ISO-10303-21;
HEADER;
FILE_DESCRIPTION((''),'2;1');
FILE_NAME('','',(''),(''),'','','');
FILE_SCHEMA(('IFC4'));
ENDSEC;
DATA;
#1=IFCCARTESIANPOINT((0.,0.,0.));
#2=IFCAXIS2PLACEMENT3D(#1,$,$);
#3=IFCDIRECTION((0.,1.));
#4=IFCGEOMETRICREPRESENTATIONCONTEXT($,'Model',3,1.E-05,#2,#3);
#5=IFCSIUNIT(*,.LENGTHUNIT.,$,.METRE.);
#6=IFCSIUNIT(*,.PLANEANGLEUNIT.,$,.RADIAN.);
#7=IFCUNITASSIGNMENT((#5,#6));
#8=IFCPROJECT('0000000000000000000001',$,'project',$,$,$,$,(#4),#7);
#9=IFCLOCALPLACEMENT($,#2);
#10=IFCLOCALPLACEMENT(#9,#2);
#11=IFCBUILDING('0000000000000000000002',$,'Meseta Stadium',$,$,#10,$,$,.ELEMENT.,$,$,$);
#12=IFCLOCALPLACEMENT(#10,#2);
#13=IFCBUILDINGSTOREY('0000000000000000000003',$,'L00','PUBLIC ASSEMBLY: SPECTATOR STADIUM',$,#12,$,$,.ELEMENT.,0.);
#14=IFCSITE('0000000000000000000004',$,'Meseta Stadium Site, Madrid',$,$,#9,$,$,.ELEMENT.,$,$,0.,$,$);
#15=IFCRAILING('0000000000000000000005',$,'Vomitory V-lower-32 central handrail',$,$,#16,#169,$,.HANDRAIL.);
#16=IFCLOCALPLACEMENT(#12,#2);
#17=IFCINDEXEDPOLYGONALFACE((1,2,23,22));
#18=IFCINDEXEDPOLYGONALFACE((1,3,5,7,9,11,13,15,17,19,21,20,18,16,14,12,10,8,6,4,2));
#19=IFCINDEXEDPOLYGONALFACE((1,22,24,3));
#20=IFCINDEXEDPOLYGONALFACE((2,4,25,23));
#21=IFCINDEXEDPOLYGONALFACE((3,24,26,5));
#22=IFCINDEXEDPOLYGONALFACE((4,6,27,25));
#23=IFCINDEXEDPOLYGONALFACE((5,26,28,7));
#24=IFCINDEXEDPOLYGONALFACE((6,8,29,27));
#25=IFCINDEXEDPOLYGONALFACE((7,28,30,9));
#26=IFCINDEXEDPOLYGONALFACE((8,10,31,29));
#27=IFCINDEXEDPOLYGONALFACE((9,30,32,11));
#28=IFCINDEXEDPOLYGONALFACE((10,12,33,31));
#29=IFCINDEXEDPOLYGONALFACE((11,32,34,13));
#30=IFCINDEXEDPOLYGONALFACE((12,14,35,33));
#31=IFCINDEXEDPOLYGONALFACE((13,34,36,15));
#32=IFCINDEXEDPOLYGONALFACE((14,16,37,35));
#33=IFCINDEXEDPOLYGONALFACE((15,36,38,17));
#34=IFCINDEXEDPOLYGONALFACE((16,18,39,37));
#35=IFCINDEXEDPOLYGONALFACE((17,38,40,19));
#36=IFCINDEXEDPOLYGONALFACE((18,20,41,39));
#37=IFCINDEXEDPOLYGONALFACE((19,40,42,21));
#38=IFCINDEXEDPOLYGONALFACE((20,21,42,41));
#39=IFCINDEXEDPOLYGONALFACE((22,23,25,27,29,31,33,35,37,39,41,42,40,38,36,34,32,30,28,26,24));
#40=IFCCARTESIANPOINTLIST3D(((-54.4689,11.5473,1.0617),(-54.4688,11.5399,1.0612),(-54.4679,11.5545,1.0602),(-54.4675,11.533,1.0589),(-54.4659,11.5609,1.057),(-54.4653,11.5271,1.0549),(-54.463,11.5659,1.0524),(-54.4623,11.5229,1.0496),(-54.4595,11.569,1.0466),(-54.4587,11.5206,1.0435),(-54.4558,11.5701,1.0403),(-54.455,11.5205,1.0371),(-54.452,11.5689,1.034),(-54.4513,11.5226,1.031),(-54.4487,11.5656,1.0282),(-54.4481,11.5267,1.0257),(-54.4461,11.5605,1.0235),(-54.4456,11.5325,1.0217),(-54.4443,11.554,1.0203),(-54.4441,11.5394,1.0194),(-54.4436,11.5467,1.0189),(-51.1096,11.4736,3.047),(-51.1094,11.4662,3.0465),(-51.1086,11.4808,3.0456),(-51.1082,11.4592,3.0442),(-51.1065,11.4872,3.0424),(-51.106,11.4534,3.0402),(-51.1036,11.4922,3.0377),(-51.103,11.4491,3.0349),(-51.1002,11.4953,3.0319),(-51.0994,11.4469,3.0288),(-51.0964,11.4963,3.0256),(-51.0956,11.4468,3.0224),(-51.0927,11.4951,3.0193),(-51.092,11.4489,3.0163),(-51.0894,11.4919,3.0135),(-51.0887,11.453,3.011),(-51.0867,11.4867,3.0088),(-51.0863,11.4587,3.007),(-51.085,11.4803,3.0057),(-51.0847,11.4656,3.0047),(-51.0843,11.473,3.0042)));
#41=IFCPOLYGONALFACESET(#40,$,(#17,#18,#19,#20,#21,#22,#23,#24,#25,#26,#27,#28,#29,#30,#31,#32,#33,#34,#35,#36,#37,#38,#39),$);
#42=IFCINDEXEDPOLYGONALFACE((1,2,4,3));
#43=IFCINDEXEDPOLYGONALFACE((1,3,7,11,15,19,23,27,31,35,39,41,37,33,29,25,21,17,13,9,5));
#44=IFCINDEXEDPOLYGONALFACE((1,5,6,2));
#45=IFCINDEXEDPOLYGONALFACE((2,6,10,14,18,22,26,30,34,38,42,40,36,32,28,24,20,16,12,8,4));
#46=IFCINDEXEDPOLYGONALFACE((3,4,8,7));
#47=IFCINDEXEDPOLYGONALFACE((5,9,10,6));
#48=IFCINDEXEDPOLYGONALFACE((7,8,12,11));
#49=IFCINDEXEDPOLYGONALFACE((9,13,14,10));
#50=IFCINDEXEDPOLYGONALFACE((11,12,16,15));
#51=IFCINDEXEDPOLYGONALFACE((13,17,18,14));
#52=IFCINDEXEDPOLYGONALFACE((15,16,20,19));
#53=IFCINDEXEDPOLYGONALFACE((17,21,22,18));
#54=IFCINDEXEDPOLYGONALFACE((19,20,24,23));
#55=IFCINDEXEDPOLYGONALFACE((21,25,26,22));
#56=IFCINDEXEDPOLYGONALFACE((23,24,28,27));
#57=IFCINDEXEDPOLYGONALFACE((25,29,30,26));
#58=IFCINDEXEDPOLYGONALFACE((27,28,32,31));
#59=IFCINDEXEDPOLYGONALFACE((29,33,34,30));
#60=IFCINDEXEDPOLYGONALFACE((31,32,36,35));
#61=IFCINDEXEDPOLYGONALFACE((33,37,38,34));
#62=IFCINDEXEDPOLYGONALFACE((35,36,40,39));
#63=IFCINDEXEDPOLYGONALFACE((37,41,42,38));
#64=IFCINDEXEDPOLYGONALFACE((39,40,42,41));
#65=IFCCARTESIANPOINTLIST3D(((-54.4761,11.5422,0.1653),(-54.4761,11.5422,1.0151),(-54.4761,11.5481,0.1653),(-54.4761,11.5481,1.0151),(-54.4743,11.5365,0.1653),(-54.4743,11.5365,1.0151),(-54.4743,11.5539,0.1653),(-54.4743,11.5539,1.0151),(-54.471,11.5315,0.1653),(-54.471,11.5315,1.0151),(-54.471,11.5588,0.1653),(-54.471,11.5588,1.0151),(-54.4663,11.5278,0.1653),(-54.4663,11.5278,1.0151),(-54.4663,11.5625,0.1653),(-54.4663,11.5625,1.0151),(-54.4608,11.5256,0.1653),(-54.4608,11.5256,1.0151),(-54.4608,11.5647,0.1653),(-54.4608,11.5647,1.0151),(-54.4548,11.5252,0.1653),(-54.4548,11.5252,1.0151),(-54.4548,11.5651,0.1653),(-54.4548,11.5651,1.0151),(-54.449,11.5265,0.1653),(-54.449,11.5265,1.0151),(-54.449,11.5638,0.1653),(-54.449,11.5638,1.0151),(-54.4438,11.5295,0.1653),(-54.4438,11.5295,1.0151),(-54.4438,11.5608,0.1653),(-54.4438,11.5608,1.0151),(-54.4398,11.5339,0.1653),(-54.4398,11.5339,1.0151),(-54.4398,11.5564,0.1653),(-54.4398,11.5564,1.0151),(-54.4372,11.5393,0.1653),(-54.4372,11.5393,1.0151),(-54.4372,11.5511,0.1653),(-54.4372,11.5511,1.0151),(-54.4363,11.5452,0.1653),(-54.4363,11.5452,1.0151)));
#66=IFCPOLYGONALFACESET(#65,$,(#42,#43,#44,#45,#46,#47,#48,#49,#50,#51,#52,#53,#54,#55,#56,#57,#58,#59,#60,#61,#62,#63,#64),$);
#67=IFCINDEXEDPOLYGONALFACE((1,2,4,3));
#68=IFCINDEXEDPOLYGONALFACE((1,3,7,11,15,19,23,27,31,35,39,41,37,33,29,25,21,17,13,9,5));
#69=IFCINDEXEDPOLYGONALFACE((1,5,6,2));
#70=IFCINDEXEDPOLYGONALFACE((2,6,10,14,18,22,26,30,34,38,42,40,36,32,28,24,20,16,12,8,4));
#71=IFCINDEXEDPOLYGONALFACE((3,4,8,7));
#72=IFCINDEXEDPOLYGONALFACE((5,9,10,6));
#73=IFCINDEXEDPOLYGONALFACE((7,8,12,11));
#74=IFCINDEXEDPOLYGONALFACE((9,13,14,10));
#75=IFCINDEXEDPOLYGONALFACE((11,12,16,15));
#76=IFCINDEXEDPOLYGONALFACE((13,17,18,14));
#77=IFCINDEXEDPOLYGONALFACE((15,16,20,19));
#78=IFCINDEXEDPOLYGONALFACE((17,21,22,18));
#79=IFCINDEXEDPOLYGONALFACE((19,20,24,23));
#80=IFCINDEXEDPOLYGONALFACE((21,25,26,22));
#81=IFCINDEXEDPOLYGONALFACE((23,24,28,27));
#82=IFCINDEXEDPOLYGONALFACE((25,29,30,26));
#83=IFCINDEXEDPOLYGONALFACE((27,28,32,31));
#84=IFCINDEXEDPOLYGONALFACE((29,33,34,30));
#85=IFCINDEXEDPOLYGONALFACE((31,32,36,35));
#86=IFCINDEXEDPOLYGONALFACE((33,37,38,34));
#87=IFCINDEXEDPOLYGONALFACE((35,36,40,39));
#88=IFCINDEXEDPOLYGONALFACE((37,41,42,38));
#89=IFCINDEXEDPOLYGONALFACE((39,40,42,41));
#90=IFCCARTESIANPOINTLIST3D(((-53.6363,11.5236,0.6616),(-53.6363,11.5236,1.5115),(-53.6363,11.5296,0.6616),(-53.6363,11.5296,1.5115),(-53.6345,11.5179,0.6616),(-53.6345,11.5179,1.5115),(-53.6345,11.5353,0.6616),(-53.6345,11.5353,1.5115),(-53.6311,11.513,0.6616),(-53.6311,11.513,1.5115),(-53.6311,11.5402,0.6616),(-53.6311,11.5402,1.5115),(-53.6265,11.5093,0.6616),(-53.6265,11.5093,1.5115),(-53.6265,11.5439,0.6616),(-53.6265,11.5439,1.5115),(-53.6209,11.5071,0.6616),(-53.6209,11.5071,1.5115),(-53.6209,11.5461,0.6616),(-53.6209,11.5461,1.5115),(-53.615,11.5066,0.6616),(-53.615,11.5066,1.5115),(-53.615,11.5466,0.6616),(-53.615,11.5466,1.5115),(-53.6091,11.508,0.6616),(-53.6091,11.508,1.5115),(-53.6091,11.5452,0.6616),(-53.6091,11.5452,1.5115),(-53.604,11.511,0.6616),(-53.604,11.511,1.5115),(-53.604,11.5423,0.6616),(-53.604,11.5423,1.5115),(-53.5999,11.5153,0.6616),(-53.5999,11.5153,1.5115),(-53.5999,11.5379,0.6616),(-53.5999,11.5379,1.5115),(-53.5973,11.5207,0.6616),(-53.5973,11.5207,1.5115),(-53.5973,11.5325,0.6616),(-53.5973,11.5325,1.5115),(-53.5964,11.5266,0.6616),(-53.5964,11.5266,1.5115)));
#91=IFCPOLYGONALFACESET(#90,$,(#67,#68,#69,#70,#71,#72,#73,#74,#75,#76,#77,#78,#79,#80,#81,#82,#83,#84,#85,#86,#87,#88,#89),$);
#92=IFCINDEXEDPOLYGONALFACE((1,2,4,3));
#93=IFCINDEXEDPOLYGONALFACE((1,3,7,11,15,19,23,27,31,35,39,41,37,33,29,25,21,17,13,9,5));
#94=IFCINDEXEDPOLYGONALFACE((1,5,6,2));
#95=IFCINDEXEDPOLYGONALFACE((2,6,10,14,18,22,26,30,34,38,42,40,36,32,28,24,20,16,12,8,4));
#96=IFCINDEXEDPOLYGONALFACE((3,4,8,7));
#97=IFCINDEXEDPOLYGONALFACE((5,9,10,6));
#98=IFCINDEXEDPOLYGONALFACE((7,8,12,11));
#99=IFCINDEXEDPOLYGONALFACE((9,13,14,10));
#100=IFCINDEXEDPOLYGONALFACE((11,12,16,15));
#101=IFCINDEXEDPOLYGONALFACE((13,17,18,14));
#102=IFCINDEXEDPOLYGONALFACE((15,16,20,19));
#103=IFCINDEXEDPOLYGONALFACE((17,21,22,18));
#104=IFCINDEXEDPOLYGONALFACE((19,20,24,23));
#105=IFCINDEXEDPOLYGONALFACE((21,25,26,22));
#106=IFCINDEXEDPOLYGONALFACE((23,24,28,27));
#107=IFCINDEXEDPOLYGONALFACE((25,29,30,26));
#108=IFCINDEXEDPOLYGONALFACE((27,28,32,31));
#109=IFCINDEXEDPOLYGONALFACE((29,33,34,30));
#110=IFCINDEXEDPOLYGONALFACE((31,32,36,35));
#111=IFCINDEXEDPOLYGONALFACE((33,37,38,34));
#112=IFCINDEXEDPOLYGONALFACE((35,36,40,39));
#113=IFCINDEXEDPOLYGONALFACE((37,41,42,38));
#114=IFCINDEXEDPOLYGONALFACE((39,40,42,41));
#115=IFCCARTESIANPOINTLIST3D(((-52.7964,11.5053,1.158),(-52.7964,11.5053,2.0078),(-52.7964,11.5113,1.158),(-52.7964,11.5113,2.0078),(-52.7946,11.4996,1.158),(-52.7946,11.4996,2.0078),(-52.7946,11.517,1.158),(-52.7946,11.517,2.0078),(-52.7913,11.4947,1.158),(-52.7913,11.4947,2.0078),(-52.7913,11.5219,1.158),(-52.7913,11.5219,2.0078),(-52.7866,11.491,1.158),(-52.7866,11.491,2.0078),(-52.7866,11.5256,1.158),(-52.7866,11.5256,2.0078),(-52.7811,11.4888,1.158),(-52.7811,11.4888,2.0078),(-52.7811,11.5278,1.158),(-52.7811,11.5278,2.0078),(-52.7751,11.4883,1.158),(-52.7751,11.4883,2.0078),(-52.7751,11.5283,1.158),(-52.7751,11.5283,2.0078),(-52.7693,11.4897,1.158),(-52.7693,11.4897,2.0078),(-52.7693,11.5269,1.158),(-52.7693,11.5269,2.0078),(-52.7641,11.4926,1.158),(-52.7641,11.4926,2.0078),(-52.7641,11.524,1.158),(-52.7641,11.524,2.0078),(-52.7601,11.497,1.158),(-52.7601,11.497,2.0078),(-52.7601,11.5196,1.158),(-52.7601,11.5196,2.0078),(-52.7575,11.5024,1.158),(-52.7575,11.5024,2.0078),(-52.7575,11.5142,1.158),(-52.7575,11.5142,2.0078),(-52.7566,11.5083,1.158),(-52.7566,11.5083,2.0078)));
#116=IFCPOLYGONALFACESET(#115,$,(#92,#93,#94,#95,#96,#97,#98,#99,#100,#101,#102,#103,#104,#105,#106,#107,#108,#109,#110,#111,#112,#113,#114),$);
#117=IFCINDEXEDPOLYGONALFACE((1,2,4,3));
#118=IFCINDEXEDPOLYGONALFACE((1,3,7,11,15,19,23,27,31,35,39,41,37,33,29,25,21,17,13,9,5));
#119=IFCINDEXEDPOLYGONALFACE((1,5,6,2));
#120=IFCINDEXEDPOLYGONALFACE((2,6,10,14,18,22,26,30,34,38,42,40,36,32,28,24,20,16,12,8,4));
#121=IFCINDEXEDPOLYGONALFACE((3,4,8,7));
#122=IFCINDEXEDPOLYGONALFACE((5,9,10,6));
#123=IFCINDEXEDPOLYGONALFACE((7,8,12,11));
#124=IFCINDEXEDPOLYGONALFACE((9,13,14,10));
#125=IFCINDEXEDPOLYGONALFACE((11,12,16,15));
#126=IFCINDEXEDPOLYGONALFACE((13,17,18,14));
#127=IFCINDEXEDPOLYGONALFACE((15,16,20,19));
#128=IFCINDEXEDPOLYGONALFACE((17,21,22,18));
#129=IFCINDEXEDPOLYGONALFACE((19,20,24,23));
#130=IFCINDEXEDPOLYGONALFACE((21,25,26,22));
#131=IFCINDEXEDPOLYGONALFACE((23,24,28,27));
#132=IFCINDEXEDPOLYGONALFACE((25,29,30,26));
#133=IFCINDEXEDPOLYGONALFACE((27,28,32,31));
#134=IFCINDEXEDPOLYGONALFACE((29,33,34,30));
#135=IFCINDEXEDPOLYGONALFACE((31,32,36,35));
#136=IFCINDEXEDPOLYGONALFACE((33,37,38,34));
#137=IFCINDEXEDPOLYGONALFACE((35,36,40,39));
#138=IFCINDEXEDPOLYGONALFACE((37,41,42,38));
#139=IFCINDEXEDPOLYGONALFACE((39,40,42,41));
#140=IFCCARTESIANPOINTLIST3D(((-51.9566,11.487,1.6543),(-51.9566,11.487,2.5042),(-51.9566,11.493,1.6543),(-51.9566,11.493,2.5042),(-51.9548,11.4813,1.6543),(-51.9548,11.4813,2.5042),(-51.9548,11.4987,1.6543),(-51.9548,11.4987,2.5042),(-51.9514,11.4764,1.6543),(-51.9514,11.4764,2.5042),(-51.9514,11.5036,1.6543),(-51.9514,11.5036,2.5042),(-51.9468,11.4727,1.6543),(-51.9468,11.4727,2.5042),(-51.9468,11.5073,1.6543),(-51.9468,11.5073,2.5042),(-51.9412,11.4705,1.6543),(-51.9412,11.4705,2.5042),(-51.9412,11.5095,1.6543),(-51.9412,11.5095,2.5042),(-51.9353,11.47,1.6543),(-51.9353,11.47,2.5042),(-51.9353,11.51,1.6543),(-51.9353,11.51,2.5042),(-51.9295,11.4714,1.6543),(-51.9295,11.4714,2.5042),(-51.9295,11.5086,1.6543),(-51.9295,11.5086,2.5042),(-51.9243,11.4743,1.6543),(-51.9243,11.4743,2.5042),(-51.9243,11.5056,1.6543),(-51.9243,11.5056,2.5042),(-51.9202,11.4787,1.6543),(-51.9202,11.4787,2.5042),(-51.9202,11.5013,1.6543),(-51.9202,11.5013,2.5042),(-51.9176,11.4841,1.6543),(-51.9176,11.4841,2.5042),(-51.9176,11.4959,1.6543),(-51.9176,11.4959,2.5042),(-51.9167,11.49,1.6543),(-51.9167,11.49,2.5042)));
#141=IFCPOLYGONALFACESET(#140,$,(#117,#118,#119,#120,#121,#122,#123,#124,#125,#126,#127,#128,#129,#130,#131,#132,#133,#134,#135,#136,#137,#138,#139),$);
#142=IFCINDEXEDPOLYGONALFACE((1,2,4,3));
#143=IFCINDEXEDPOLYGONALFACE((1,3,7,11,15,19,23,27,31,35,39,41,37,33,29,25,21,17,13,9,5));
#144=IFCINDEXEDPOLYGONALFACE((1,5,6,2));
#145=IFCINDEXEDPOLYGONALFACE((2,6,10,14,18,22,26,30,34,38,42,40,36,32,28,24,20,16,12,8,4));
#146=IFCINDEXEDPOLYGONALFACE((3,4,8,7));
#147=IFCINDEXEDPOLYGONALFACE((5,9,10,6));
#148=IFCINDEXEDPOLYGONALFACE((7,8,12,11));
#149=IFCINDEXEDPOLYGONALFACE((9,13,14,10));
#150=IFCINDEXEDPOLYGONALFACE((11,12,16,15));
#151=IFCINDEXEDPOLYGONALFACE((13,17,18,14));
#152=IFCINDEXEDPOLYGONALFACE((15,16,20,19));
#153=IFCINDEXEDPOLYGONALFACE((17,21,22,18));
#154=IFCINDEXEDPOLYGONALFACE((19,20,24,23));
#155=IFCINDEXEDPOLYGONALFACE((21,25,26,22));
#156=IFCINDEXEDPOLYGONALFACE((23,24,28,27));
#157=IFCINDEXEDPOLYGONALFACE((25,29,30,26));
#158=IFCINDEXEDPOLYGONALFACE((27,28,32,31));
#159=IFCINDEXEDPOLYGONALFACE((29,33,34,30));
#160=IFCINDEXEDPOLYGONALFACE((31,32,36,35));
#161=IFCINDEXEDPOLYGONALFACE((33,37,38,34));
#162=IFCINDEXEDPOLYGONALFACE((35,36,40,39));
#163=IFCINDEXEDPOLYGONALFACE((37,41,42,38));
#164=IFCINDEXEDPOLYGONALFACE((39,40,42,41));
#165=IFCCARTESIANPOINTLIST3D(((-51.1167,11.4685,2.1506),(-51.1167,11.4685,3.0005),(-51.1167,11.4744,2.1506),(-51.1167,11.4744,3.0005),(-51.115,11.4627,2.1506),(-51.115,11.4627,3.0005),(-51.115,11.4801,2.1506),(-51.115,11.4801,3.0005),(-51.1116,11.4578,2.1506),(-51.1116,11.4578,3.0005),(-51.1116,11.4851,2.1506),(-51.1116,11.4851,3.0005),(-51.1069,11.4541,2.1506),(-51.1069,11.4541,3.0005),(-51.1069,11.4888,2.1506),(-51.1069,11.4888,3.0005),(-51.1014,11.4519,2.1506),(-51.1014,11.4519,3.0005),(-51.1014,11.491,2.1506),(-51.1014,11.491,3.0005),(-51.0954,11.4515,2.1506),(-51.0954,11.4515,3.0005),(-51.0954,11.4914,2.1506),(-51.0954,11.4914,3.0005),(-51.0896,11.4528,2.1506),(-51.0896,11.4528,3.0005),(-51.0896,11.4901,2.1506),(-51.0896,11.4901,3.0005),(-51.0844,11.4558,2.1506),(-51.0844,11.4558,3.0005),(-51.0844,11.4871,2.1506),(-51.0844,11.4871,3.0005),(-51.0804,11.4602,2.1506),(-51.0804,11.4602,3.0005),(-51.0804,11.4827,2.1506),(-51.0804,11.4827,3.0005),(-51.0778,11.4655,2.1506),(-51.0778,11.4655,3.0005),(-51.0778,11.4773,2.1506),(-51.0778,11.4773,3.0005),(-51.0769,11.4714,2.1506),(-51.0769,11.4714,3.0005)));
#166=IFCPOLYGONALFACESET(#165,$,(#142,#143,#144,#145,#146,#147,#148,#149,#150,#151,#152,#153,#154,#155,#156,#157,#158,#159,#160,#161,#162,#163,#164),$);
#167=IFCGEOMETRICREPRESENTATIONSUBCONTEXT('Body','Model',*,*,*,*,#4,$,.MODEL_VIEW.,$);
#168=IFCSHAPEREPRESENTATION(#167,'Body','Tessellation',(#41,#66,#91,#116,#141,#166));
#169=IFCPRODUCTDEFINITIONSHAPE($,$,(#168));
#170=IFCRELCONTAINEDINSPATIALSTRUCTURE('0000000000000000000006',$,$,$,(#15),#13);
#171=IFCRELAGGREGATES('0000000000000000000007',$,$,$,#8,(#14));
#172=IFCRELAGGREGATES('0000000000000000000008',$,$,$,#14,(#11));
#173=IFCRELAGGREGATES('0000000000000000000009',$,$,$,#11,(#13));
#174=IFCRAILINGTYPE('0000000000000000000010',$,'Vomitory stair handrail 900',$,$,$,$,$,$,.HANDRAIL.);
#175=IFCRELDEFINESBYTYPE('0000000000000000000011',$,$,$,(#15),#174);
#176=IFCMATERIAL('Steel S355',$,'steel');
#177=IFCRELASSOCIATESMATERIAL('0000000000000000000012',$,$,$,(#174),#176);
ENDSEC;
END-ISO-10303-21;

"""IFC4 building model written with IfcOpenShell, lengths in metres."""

from ifc_helpers import new_model, si_unit, direction, frame, origin, origin_2d, place, context, subcontext, project, spatial, circle, extrude, material, type_object, element, save


model = new_model("IFC4")

# Units and contexts
model_context = context("Model", 3, precision=1e-05, world=origin(), true_north=direction((0.0, 1.0)))
body_context = subcontext(model_context, "Body", "Model", "MODEL_VIEW")
ifc_project = project(units=[si_unit("LENGTHUNIT", "METRE"), si_unit("PLANEANGLEUNIT", "RADIAN")], contexts=[model_context])

# Site, building, storey
site_placement = place(None, origin())
site = spatial("IfcSite", under=ifc_project, at=site_placement, Name="Meseta Stadium Site, Madrid", CompositionType="ELEMENT", RefElevation=0.0)
building_placement = place(site_placement, origin())
building = spatial("IfcBuilding", under=site, at=building_placement, Name="Meseta Stadium", CompositionType="ELEMENT")
storey_placement = place(building_placement, origin())
storey = spatial("IfcBuildingStorey", under=building, at=storey_placement, Name="L00", Description="PUBLIC ASSEMBLY: SPECTATOR STADIUM", CompositionType="ELEMENT", Elevation=0.0)

# Railing
ifc_material_1 = material(Name="Steel S355", Category="steel")
railing_type_1 = type_object("IfcRailingType", Name="Vomitory stair handrail 900", PredefinedType="HANDRAIL", material=ifc_material_1)
railing_1_placement = place(storey_placement, frame((-54.4563, 11.5452, 0.1653)))
element("IfcRailing", 1, at=railing_1_placement, inside=storey, type_object=railing_type_1, Name="Vomitory V-lower-32 central handrail", PredefinedType="HANDRAIL", context=body_context, shape_type="SweptSolid", body=[
    extrude(circle(Radius=0.0249, at=origin_2d()), frame((0.0, 0.0, 0.875), z_axis=(0.860743, -0.018891, 0.508689), x_axis=(0.021942, 0.999759, 0.0)), (0.0, 0.0, 1.0), 3.9028),
    extrude(circle(Radius=0.02, at=origin_2d()), origin(), (0.0, 0.0, 1.0), 0.8499),
    extrude(circle(Radius=0.02, at=origin_2d()), frame((0.8398, -0.0186, 0.4963)), (0.0, 0.0, 1.0), 0.8499),
    extrude(circle(Radius=0.02, at=origin_2d()), frame((1.6797, -0.0369, 0.9927)), (0.0, 0.0, 1.0), 0.8499),
    extrude(circle(Radius=0.02, at=origin_2d()), frame((2.5195, -0.0552, 1.489)), (0.0, 0.0, 1.0), 0.8499),
    extrude(circle(Radius=0.02, at=origin_2d()), frame((3.3594, -0.0737, 1.9854)), (0.0, 0.0, 1.0), 0.8499),
])

save(model, "model.ifc")
